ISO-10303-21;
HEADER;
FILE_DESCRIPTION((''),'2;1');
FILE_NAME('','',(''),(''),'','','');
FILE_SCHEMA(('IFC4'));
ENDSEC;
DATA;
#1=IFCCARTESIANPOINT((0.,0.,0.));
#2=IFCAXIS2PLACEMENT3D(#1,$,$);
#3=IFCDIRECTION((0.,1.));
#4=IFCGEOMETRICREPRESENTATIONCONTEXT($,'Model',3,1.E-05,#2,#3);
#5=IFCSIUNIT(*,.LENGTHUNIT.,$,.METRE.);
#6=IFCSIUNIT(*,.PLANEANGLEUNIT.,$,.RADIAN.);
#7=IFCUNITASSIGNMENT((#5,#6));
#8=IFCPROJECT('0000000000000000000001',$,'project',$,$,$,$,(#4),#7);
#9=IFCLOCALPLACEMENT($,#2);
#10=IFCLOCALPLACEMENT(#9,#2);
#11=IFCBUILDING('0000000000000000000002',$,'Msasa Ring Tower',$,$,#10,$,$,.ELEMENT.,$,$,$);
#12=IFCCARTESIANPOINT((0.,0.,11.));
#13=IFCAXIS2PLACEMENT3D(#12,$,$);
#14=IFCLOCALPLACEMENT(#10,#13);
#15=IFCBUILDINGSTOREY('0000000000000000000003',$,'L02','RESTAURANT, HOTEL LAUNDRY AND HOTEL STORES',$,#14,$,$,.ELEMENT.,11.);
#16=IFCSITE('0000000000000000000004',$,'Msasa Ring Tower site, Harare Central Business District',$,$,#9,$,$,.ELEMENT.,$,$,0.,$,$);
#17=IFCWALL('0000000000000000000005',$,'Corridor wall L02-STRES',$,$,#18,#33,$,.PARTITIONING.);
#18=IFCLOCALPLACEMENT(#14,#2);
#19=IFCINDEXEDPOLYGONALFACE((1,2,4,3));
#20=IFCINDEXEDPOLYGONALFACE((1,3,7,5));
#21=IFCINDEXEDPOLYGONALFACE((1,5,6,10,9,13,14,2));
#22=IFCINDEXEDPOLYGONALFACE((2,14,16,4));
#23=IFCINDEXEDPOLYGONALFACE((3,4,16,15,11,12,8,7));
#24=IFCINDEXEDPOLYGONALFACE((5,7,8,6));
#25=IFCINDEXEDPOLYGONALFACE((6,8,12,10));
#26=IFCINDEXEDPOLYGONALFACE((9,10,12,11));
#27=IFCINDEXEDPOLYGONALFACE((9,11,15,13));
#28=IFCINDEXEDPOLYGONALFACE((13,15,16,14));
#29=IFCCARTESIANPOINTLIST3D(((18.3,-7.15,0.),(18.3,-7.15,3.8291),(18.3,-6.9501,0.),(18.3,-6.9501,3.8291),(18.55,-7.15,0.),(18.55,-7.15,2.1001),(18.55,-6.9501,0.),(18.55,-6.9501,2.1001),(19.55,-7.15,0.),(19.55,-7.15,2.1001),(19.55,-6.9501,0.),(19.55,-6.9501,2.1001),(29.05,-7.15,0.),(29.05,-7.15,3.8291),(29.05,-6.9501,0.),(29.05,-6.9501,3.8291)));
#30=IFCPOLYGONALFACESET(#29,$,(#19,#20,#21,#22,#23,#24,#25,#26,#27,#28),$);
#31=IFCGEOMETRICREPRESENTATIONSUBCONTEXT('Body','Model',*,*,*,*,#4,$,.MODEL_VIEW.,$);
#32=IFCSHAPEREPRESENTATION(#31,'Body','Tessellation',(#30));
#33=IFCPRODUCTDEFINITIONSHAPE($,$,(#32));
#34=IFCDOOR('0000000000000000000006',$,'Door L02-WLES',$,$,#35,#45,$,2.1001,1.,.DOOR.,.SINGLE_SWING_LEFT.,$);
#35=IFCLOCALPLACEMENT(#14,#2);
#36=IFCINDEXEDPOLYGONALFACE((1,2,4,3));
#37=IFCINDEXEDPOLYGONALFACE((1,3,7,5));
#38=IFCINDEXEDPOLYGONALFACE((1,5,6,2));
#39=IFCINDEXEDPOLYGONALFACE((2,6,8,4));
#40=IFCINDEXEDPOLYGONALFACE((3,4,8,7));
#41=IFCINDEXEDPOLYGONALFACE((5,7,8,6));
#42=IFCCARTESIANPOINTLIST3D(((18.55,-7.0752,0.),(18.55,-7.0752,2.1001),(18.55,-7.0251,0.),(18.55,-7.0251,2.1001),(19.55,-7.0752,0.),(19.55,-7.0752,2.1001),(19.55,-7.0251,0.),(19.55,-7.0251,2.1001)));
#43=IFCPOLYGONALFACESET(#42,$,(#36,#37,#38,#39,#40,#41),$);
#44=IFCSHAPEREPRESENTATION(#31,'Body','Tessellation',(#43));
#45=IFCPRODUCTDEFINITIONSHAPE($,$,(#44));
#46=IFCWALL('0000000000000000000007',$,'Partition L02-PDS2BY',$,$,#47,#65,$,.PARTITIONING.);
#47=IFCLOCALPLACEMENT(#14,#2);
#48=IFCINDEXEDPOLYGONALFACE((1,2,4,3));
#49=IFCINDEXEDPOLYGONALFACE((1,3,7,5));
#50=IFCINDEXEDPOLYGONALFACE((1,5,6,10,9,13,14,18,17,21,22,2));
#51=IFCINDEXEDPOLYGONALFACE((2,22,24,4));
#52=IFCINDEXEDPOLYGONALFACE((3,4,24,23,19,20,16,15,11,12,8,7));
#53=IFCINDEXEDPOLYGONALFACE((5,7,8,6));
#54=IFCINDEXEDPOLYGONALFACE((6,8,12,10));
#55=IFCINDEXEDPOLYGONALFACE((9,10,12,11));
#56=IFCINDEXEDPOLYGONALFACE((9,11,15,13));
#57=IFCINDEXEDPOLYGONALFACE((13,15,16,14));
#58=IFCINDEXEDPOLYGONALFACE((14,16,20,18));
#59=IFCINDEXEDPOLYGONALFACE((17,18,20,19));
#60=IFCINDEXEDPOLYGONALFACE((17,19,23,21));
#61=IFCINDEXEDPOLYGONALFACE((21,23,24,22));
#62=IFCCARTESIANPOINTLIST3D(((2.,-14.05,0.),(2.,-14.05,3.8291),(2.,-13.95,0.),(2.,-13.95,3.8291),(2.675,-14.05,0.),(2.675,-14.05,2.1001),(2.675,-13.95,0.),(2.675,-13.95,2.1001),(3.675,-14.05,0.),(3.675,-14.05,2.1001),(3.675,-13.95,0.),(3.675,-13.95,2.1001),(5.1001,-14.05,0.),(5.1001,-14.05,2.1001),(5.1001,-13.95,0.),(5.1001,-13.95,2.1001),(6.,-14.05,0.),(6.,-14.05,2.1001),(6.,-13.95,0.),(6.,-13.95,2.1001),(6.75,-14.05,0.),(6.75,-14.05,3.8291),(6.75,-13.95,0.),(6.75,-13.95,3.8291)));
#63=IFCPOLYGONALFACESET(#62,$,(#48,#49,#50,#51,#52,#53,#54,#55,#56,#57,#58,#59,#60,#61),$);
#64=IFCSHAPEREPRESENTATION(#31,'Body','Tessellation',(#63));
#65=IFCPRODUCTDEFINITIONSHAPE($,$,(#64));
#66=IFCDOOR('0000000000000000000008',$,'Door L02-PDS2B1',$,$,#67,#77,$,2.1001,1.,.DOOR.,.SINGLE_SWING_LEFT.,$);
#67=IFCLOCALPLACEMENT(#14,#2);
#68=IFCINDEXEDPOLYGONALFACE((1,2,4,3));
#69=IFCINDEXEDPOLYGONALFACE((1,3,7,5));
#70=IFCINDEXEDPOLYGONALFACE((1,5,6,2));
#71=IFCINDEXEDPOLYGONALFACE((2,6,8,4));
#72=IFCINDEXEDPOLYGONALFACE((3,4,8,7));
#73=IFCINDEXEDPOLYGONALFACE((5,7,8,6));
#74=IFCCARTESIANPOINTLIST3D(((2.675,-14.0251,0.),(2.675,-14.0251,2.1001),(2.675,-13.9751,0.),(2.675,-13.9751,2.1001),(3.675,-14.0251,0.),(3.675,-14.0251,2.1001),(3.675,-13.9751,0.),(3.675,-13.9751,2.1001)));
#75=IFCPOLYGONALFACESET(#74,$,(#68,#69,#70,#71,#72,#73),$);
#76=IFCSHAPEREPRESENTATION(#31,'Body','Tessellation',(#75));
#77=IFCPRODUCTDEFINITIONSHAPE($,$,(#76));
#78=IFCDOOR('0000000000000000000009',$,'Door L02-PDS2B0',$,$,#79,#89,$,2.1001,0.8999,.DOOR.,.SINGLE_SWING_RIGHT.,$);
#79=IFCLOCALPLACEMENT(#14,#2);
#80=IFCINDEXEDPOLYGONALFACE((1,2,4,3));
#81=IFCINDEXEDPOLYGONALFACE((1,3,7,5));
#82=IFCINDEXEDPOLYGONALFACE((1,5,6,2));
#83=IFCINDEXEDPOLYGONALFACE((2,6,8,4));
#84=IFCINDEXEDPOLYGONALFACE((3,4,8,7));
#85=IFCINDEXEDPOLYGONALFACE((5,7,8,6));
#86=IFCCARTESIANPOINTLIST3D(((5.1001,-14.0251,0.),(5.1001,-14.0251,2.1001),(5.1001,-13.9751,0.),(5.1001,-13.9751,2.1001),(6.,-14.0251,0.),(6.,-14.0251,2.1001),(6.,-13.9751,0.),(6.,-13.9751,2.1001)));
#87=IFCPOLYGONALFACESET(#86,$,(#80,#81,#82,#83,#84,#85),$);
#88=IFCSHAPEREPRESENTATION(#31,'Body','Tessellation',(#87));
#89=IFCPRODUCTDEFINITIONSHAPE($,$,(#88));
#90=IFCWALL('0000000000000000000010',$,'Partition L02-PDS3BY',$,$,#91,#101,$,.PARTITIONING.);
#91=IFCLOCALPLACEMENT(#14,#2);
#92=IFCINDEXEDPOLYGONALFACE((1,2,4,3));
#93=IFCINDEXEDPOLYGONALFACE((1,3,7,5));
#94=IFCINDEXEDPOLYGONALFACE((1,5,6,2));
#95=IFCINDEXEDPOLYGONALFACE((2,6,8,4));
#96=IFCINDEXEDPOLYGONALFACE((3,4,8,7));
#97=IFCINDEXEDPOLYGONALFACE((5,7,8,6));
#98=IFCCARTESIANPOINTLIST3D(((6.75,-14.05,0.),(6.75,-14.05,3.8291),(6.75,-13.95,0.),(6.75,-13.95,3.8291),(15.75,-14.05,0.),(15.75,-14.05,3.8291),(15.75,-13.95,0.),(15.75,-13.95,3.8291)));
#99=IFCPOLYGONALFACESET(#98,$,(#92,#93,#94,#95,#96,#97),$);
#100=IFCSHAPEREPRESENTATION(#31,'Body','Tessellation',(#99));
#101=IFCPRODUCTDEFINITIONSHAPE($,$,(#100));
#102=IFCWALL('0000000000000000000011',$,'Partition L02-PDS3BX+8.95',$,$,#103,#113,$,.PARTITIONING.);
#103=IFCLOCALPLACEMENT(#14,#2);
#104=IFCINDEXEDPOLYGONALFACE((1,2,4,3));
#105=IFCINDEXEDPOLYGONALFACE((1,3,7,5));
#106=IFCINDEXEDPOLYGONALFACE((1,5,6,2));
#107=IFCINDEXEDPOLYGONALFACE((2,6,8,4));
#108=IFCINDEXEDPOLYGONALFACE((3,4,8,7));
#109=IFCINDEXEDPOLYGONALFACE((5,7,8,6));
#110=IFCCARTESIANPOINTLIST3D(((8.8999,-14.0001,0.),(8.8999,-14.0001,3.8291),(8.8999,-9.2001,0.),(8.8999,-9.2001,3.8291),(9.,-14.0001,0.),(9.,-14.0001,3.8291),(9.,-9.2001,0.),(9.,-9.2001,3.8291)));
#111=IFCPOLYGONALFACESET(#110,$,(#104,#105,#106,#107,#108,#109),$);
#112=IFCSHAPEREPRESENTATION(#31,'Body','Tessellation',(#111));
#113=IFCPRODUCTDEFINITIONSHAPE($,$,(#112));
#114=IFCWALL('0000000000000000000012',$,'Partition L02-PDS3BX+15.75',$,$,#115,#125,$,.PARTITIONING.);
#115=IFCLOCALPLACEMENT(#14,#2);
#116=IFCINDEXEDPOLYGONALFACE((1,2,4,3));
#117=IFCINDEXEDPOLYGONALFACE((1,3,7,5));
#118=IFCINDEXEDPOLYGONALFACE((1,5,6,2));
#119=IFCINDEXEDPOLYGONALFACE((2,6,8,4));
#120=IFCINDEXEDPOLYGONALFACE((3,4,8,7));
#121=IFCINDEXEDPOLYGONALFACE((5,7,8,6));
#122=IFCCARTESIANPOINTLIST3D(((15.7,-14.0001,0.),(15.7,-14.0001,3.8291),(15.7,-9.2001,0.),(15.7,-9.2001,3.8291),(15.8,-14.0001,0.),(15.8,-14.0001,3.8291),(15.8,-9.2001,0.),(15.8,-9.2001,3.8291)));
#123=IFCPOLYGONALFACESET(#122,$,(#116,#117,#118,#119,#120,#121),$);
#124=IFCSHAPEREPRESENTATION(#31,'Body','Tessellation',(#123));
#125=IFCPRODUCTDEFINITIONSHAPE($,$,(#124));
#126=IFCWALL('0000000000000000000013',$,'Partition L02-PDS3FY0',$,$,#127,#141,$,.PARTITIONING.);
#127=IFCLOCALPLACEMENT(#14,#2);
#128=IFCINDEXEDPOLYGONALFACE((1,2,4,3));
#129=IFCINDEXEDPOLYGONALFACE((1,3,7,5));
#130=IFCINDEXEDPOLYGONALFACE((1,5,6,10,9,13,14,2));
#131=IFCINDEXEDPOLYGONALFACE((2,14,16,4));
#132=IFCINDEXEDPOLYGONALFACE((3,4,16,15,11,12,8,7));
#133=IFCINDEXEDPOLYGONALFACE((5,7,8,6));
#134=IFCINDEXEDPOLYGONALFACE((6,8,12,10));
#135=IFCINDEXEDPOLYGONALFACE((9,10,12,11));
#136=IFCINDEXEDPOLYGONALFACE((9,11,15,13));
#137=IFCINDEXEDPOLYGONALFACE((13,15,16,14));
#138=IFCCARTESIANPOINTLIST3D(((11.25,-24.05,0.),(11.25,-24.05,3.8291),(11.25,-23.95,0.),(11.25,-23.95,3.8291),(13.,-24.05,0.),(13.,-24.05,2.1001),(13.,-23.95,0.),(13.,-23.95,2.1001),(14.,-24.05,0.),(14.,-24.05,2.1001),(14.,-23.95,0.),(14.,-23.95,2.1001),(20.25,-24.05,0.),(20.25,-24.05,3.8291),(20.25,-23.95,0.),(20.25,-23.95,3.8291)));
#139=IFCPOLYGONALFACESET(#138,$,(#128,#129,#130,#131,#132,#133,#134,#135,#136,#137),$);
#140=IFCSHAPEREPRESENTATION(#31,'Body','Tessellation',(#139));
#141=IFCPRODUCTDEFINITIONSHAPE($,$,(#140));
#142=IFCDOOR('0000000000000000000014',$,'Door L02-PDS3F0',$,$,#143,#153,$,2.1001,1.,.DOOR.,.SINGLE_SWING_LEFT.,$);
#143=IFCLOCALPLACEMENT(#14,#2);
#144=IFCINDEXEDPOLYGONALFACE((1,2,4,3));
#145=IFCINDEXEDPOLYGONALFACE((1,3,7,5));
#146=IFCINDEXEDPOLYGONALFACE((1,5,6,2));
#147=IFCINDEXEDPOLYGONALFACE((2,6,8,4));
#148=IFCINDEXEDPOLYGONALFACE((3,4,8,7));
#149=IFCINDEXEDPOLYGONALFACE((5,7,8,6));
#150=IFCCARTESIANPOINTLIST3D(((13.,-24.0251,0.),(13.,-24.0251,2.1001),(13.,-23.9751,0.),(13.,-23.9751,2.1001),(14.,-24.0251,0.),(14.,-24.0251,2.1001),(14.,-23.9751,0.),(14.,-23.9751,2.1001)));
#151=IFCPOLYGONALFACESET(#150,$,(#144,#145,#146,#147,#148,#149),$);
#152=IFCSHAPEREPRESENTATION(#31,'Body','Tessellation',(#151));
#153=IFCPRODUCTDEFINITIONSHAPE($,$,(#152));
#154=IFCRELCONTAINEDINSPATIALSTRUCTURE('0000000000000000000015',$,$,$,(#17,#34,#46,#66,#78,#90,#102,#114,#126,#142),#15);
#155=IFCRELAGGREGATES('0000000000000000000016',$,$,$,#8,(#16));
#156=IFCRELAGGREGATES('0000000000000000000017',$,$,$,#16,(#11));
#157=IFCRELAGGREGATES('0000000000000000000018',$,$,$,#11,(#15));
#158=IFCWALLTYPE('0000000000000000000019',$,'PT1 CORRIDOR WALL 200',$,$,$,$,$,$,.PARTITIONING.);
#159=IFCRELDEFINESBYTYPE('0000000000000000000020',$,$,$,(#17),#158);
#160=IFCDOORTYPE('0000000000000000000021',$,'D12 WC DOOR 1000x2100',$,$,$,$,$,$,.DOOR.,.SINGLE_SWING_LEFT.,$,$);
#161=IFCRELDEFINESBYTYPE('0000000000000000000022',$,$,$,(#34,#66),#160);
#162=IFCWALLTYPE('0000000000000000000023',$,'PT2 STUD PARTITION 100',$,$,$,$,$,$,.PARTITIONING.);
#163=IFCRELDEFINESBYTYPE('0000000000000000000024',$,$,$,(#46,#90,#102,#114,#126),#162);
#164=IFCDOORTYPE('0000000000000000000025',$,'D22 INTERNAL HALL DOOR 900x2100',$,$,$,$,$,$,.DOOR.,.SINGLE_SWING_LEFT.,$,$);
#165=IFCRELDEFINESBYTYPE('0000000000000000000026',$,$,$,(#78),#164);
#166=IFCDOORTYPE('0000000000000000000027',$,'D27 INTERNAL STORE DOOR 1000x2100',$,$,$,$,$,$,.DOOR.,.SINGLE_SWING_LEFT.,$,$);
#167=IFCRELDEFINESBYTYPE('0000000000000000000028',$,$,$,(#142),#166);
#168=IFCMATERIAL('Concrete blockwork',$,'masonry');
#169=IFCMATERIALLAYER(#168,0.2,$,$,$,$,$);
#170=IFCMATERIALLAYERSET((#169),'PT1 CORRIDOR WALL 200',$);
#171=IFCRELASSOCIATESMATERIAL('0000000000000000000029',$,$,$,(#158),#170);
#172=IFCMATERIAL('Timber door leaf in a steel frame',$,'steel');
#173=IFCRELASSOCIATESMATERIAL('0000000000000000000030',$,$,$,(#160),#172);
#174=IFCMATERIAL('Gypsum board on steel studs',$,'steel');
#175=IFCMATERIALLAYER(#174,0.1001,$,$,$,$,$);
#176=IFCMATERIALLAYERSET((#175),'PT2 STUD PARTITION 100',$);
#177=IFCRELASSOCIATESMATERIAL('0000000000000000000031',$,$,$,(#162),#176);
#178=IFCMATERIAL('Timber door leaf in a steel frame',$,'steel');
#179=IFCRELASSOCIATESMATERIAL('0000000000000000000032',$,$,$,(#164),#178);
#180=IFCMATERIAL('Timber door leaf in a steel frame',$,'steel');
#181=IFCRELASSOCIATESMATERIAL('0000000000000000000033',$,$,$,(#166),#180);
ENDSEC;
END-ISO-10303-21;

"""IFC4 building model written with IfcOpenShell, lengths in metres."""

from ifc_helpers import new_model, si_unit, direction, frame, frame_2d, origin, place, context, subcontext, project, spatial, rectangle, extrude, material, layer, layer_set, type_object, element, fill, save


model = new_model("IFC4")

# Units and contexts
model_context = context("Model", 3, precision=1e-05, world=origin(), true_north=direction((0.0, 1.0)))
body_context = subcontext(model_context, "Body", "Model", "MODEL_VIEW")
ifc_project = project(units=[si_unit("LENGTHUNIT", "METRE"), si_unit("PLANEANGLEUNIT", "RADIAN")], contexts=[model_context])

# Site, building, storey
site_placement = place(None, origin())
site = spatial("IfcSite", under=ifc_project, at=site_placement, Name="Msasa Ring Tower site, Harare Central Business District", CompositionType="ELEMENT", RefElevation=0.0)
building_placement = place(site_placement, origin())
building = spatial("IfcBuilding", under=site, at=building_placement, Name="Msasa Ring Tower", CompositionType="ELEMENT")
storey_placement = place(building_placement, frame((0.0, 0.0, 11.0)))
storey = spatial("IfcBuildingStorey", under=building, at=storey_placement, Name="L02", Description="RESTAURANT, HOTEL LAUNDRY AND HOTEL STORES", CompositionType="ELEMENT", Elevation=11.0)

# Wall, opening, door
ifc_material_1 = material(Name="Concrete blockwork", Category="masonry")
ifc_layer_1 = layer(ifc_material_1, 0.2)
ifc_layer_set_1 = layer_set([ifc_layer_1], Name="PT1 CORRIDOR WALL 200")
wall_type_1 = type_object("IfcWallType", Name="PT1 CORRIDOR WALL 200", PredefinedType="PARTITIONING", material=ifc_layer_set_1)
wall_1_placement = place(storey_placement, frame((18.3, -7.05, 0.0), z_axis=(0.0, 0.0, 1.0), x_axis=(1.0, 0.0, 0.0)))
wall_1 = element("IfcWall", 1, at=wall_1_placement, inside=storey, type_object=wall_type_1, Name="Corridor wall L02-STRES", PredefinedType="PARTITIONING", context=body_context, shape_type="SweptSolid", body=[
    extrude(rectangle(XDim=10.75, YDim=0.2, at=frame_2d((5.375, 0.0))), origin(), (0.0, 0.0, 1.0), 3.8291),
])
opening_1_placement = place(wall_1_placement, frame((0.25, 0.0, 0.0)))
opening_1 = element("IfcOpeningElement", 2, at=opening_1_placement, cuts=wall_1, PredefinedType="OPENING", context=body_context, shape_type="SweptSolid", body=[
    extrude(rectangle(XDim=1.0, YDim=2.1001, at=frame_2d((0.5, 1.05))), frame((0.0, 0.1099, 0.0), z_axis=(0.0, -1.0, 0.0), x_axis=(1.0, 0.0, 0.0)), (0.0, 0.0, 1.0), 0.22),
])
ifc_material_2 = material(Name="Timber door leaf in a steel frame", Category="steel")
door_type_1 = type_object("IfcDoorType", Name="D12 WC DOOR 1000x2100", OperationType="SINGLE_SWING_LEFT", PredefinedType="DOOR", material=ifc_material_2)
door_1_placement = place(opening_1_placement, origin())
door_1 = element("IfcDoor", 3, at=door_1_placement, inside=storey, type_object=door_type_1, Name="Door L02-WLES", OperationType="SINGLE_SWING_LEFT", OverallHeight=2.1001, OverallWidth=1.0, PredefinedType="DOOR", context=body_context, shape_type="SweptSolid", body=[
    extrude(rectangle(XDim=1.0, YDim=2.1001, at=frame_2d((0.5, 1.05))), frame((0.0, 0.0249, 0.0), z_axis=(0.0, -1.0, 0.0), x_axis=(1.0, 0.0, 0.0)), (0.0, 0.0, 1.0), 0.05),
])
fill(opening_1, door_1)

# Wall, openings, doors
ifc_material_3 = material(Name="Gypsum board on steel studs", Category="steel")
ifc_layer_2 = layer(ifc_material_3, 0.1001)
ifc_layer_set_2 = layer_set([ifc_layer_2], Name="PT2 STUD PARTITION 100")
wall_type_2 = type_object("IfcWallType", Name="PT2 STUD PARTITION 100", PredefinedType="PARTITIONING", material=ifc_layer_set_2)
wall_2_placement = place(storey_placement, frame((2.0, -14.0, 0.0), z_axis=(0.0, 0.0, 1.0), x_axis=(1.0, 0.0, 0.0)))
wall_2 = element("IfcWall", 4, at=wall_2_placement, inside=storey, type_object=wall_type_2, Name="Partition L02-PDS2BY", PredefinedType="PARTITIONING", context=body_context, shape_type="SweptSolid", body=[
    extrude(rectangle(XDim=4.75, YDim=0.1001, at=frame_2d((2.375, 0.0))), origin(), (0.0, 0.0, 1.0), 3.8291),
])
opening_2_placement = place(wall_2_placement, frame((3.1001, 0.0, 0.0)))
opening_2 = element("IfcOpeningElement", 5, at=opening_2_placement, cuts=wall_2, PredefinedType="OPENING", context=body_context, shape_type="SweptSolid", body=[
    extrude(rectangle(XDim=0.8999, YDim=2.1001, at=frame_2d((0.45, 1.05))), frame((0.0, 0.0601, 0.0), z_axis=(0.0, -1.0, 0.0), x_axis=(1.0, 0.0, 0.0)), (0.0, 0.0, 1.0), 0.1201),
])
opening_3_placement = place(wall_2_placement, frame((0.675, 0.0, 0.0)))
opening_3 = element("IfcOpeningElement", 6, at=opening_3_placement, cuts=wall_2, PredefinedType="OPENING", context=body_context, shape_type="SweptSolid", body=[
    extrude(rectangle(XDim=1.0, YDim=2.1001, at=frame_2d((0.5, 1.05))), frame((0.0, 0.0601, 0.0), z_axis=(0.0, -1.0, 0.0), x_axis=(1.0, 0.0, 0.0)), (0.0, 0.0, 1.0), 0.1201),
])
door_2_placement = place(opening_3_placement, origin())
door_2 = element("IfcDoor", 7, at=door_2_placement, inside=storey, type_object=door_type_1, Name="Door L02-PDS2B1", OperationType="SINGLE_SWING_LEFT", OverallHeight=2.1001, OverallWidth=1.0, PredefinedType="DOOR", context=body_context, shape_type="SweptSolid", body=[
    extrude(rectangle(XDim=1.0, YDim=2.1001, at=frame_2d((0.5, 1.05))), frame((0.0, 0.0249, 0.0), z_axis=(0.0, -1.0, 0.0), x_axis=(1.0, 0.0, 0.0)), (0.0, 0.0, 1.0), 0.05),
])
fill(opening_3, door_2)
ifc_material_4 = material(Name="Timber door leaf in a steel frame", Category="steel")
door_type_2 = type_object("IfcDoorType", Name="D22 INTERNAL HALL DOOR 900x2100", OperationType="SINGLE_SWING_LEFT", PredefinedType="DOOR", material=ifc_material_4)
door_3_placement = place(opening_2_placement, origin())
door_3 = element("IfcDoor", 8, at=door_3_placement, inside=storey, type_object=door_type_2, Name="Door L02-PDS2B0", OperationType="SINGLE_SWING_RIGHT", OverallHeight=2.1001, OverallWidth=0.8999, PredefinedType="DOOR", context=body_context, shape_type="SweptSolid", body=[
    extrude(rectangle(XDim=0.8999, YDim=2.1001, at=frame_2d((0.45, 1.05))), frame((0.0, 0.0249, 0.0), z_axis=(0.0, -1.0, 0.0), x_axis=(1.0, 0.0, 0.0)), (0.0, 0.0, 1.0), 0.05),
])
fill(opening_2, door_3)

# Walls
wall_3_placement = place(storey_placement, frame((6.75, -14.0, 0.0), z_axis=(0.0, 0.0, 1.0), x_axis=(1.0, 0.0, 0.0)))
element("IfcWall", 9, at=wall_3_placement, inside=storey, type_object=wall_type_2, Name="Partition L02-PDS3BY", PredefinedType="PARTITIONING", context=body_context, shape_type="SweptSolid", body=[
    extrude(rectangle(XDim=9.0, YDim=0.1001, at=frame_2d((4.5, 0.0))), origin(), (0.0, 0.0, 1.0), 3.8291),
])
for number, where, z_axis, x_axis, name in (
    (10, (8.95, -14.0, 0.0), (0.0, 0.0, 1.0), (0.0, 1.0, 0.0), "Partition L02-PDS3BX+8.95"),
    (11, (15.75, -14.0, 0.0), (0.0, 0.0, 1.0), (0.0, 1.0, 0.0), "Partition L02-PDS3BX+15.75"),
):
    element("IfcWall", number, at=place(storey_placement, frame(where, z_axis=z_axis, x_axis=x_axis)), inside=storey, type_object=wall_type_2, Name=name, PredefinedType="PARTITIONING", context=body_context, shape_type="SweptSolid", body=[
        extrude(rectangle(XDim=4.8, YDim=0.1001, at=frame_2d((2.3999, 0.0))), origin(), (0.0, 0.0, 1.0), 3.8291),
    ])

# Wall, opening, door
wall_4_placement = place(storey_placement, frame((11.25, -24.0, 0.0), z_axis=(0.0, 0.0, 1.0), x_axis=(1.0, 0.0, 0.0)))
wall_4 = element("IfcWall", 12, at=wall_4_placement, inside=storey, type_object=wall_type_2, Name="Partition L02-PDS3FY0", PredefinedType="PARTITIONING", context=body_context, shape_type="SweptSolid", body=[
    extrude(rectangle(XDim=9.0, YDim=0.1001, at=frame_2d((4.5, 0.0))), origin(), (0.0, 0.0, 1.0), 3.8291),
])
opening_4_placement = place(wall_4_placement, frame((1.75, 0.0, 0.0)))
opening_4 = element("IfcOpeningElement", 13, at=opening_4_placement, cuts=wall_4, PredefinedType="OPENING", context=body_context, shape_type="SweptSolid", body=[
    extrude(rectangle(XDim=1.0, YDim=2.1001, at=frame_2d((0.5, 1.05))), frame((0.0, 0.0601, 0.0), z_axis=(0.0, -1.0, 0.0), x_axis=(1.0, 0.0, 0.0)), (0.0, 0.0, 1.0), 0.1201),
])
ifc_material_5 = material(Name="Timber door leaf in a steel frame", Category="steel")
door_type_3 = type_object("IfcDoorType", Name="D27 INTERNAL STORE DOOR 1000x2100", OperationType="SINGLE_SWING_LEFT", PredefinedType="DOOR", material=ifc_material_5)
door_4_placement = place(opening_4_placement, origin())
door_4 = element("IfcDoor", 14, at=door_4_placement, inside=storey, type_object=door_type_3, Name="Door L02-PDS3F0", OperationType="SINGLE_SWING_LEFT", OverallHeight=2.1001, OverallWidth=1.0, PredefinedType="DOOR", context=body_context, shape_type="SweptSolid", body=[
    extrude(rectangle(XDim=1.0, YDim=2.1001, at=frame_2d((0.5, 1.05))), frame((0.0, 0.0249, 0.0), z_axis=(0.0, -1.0, 0.0), x_axis=(1.0, 0.0, 0.0)), (0.0, 0.0, 1.0), 0.05),
])
fill(opening_4, door_4)

save(model, "model.ifc")
